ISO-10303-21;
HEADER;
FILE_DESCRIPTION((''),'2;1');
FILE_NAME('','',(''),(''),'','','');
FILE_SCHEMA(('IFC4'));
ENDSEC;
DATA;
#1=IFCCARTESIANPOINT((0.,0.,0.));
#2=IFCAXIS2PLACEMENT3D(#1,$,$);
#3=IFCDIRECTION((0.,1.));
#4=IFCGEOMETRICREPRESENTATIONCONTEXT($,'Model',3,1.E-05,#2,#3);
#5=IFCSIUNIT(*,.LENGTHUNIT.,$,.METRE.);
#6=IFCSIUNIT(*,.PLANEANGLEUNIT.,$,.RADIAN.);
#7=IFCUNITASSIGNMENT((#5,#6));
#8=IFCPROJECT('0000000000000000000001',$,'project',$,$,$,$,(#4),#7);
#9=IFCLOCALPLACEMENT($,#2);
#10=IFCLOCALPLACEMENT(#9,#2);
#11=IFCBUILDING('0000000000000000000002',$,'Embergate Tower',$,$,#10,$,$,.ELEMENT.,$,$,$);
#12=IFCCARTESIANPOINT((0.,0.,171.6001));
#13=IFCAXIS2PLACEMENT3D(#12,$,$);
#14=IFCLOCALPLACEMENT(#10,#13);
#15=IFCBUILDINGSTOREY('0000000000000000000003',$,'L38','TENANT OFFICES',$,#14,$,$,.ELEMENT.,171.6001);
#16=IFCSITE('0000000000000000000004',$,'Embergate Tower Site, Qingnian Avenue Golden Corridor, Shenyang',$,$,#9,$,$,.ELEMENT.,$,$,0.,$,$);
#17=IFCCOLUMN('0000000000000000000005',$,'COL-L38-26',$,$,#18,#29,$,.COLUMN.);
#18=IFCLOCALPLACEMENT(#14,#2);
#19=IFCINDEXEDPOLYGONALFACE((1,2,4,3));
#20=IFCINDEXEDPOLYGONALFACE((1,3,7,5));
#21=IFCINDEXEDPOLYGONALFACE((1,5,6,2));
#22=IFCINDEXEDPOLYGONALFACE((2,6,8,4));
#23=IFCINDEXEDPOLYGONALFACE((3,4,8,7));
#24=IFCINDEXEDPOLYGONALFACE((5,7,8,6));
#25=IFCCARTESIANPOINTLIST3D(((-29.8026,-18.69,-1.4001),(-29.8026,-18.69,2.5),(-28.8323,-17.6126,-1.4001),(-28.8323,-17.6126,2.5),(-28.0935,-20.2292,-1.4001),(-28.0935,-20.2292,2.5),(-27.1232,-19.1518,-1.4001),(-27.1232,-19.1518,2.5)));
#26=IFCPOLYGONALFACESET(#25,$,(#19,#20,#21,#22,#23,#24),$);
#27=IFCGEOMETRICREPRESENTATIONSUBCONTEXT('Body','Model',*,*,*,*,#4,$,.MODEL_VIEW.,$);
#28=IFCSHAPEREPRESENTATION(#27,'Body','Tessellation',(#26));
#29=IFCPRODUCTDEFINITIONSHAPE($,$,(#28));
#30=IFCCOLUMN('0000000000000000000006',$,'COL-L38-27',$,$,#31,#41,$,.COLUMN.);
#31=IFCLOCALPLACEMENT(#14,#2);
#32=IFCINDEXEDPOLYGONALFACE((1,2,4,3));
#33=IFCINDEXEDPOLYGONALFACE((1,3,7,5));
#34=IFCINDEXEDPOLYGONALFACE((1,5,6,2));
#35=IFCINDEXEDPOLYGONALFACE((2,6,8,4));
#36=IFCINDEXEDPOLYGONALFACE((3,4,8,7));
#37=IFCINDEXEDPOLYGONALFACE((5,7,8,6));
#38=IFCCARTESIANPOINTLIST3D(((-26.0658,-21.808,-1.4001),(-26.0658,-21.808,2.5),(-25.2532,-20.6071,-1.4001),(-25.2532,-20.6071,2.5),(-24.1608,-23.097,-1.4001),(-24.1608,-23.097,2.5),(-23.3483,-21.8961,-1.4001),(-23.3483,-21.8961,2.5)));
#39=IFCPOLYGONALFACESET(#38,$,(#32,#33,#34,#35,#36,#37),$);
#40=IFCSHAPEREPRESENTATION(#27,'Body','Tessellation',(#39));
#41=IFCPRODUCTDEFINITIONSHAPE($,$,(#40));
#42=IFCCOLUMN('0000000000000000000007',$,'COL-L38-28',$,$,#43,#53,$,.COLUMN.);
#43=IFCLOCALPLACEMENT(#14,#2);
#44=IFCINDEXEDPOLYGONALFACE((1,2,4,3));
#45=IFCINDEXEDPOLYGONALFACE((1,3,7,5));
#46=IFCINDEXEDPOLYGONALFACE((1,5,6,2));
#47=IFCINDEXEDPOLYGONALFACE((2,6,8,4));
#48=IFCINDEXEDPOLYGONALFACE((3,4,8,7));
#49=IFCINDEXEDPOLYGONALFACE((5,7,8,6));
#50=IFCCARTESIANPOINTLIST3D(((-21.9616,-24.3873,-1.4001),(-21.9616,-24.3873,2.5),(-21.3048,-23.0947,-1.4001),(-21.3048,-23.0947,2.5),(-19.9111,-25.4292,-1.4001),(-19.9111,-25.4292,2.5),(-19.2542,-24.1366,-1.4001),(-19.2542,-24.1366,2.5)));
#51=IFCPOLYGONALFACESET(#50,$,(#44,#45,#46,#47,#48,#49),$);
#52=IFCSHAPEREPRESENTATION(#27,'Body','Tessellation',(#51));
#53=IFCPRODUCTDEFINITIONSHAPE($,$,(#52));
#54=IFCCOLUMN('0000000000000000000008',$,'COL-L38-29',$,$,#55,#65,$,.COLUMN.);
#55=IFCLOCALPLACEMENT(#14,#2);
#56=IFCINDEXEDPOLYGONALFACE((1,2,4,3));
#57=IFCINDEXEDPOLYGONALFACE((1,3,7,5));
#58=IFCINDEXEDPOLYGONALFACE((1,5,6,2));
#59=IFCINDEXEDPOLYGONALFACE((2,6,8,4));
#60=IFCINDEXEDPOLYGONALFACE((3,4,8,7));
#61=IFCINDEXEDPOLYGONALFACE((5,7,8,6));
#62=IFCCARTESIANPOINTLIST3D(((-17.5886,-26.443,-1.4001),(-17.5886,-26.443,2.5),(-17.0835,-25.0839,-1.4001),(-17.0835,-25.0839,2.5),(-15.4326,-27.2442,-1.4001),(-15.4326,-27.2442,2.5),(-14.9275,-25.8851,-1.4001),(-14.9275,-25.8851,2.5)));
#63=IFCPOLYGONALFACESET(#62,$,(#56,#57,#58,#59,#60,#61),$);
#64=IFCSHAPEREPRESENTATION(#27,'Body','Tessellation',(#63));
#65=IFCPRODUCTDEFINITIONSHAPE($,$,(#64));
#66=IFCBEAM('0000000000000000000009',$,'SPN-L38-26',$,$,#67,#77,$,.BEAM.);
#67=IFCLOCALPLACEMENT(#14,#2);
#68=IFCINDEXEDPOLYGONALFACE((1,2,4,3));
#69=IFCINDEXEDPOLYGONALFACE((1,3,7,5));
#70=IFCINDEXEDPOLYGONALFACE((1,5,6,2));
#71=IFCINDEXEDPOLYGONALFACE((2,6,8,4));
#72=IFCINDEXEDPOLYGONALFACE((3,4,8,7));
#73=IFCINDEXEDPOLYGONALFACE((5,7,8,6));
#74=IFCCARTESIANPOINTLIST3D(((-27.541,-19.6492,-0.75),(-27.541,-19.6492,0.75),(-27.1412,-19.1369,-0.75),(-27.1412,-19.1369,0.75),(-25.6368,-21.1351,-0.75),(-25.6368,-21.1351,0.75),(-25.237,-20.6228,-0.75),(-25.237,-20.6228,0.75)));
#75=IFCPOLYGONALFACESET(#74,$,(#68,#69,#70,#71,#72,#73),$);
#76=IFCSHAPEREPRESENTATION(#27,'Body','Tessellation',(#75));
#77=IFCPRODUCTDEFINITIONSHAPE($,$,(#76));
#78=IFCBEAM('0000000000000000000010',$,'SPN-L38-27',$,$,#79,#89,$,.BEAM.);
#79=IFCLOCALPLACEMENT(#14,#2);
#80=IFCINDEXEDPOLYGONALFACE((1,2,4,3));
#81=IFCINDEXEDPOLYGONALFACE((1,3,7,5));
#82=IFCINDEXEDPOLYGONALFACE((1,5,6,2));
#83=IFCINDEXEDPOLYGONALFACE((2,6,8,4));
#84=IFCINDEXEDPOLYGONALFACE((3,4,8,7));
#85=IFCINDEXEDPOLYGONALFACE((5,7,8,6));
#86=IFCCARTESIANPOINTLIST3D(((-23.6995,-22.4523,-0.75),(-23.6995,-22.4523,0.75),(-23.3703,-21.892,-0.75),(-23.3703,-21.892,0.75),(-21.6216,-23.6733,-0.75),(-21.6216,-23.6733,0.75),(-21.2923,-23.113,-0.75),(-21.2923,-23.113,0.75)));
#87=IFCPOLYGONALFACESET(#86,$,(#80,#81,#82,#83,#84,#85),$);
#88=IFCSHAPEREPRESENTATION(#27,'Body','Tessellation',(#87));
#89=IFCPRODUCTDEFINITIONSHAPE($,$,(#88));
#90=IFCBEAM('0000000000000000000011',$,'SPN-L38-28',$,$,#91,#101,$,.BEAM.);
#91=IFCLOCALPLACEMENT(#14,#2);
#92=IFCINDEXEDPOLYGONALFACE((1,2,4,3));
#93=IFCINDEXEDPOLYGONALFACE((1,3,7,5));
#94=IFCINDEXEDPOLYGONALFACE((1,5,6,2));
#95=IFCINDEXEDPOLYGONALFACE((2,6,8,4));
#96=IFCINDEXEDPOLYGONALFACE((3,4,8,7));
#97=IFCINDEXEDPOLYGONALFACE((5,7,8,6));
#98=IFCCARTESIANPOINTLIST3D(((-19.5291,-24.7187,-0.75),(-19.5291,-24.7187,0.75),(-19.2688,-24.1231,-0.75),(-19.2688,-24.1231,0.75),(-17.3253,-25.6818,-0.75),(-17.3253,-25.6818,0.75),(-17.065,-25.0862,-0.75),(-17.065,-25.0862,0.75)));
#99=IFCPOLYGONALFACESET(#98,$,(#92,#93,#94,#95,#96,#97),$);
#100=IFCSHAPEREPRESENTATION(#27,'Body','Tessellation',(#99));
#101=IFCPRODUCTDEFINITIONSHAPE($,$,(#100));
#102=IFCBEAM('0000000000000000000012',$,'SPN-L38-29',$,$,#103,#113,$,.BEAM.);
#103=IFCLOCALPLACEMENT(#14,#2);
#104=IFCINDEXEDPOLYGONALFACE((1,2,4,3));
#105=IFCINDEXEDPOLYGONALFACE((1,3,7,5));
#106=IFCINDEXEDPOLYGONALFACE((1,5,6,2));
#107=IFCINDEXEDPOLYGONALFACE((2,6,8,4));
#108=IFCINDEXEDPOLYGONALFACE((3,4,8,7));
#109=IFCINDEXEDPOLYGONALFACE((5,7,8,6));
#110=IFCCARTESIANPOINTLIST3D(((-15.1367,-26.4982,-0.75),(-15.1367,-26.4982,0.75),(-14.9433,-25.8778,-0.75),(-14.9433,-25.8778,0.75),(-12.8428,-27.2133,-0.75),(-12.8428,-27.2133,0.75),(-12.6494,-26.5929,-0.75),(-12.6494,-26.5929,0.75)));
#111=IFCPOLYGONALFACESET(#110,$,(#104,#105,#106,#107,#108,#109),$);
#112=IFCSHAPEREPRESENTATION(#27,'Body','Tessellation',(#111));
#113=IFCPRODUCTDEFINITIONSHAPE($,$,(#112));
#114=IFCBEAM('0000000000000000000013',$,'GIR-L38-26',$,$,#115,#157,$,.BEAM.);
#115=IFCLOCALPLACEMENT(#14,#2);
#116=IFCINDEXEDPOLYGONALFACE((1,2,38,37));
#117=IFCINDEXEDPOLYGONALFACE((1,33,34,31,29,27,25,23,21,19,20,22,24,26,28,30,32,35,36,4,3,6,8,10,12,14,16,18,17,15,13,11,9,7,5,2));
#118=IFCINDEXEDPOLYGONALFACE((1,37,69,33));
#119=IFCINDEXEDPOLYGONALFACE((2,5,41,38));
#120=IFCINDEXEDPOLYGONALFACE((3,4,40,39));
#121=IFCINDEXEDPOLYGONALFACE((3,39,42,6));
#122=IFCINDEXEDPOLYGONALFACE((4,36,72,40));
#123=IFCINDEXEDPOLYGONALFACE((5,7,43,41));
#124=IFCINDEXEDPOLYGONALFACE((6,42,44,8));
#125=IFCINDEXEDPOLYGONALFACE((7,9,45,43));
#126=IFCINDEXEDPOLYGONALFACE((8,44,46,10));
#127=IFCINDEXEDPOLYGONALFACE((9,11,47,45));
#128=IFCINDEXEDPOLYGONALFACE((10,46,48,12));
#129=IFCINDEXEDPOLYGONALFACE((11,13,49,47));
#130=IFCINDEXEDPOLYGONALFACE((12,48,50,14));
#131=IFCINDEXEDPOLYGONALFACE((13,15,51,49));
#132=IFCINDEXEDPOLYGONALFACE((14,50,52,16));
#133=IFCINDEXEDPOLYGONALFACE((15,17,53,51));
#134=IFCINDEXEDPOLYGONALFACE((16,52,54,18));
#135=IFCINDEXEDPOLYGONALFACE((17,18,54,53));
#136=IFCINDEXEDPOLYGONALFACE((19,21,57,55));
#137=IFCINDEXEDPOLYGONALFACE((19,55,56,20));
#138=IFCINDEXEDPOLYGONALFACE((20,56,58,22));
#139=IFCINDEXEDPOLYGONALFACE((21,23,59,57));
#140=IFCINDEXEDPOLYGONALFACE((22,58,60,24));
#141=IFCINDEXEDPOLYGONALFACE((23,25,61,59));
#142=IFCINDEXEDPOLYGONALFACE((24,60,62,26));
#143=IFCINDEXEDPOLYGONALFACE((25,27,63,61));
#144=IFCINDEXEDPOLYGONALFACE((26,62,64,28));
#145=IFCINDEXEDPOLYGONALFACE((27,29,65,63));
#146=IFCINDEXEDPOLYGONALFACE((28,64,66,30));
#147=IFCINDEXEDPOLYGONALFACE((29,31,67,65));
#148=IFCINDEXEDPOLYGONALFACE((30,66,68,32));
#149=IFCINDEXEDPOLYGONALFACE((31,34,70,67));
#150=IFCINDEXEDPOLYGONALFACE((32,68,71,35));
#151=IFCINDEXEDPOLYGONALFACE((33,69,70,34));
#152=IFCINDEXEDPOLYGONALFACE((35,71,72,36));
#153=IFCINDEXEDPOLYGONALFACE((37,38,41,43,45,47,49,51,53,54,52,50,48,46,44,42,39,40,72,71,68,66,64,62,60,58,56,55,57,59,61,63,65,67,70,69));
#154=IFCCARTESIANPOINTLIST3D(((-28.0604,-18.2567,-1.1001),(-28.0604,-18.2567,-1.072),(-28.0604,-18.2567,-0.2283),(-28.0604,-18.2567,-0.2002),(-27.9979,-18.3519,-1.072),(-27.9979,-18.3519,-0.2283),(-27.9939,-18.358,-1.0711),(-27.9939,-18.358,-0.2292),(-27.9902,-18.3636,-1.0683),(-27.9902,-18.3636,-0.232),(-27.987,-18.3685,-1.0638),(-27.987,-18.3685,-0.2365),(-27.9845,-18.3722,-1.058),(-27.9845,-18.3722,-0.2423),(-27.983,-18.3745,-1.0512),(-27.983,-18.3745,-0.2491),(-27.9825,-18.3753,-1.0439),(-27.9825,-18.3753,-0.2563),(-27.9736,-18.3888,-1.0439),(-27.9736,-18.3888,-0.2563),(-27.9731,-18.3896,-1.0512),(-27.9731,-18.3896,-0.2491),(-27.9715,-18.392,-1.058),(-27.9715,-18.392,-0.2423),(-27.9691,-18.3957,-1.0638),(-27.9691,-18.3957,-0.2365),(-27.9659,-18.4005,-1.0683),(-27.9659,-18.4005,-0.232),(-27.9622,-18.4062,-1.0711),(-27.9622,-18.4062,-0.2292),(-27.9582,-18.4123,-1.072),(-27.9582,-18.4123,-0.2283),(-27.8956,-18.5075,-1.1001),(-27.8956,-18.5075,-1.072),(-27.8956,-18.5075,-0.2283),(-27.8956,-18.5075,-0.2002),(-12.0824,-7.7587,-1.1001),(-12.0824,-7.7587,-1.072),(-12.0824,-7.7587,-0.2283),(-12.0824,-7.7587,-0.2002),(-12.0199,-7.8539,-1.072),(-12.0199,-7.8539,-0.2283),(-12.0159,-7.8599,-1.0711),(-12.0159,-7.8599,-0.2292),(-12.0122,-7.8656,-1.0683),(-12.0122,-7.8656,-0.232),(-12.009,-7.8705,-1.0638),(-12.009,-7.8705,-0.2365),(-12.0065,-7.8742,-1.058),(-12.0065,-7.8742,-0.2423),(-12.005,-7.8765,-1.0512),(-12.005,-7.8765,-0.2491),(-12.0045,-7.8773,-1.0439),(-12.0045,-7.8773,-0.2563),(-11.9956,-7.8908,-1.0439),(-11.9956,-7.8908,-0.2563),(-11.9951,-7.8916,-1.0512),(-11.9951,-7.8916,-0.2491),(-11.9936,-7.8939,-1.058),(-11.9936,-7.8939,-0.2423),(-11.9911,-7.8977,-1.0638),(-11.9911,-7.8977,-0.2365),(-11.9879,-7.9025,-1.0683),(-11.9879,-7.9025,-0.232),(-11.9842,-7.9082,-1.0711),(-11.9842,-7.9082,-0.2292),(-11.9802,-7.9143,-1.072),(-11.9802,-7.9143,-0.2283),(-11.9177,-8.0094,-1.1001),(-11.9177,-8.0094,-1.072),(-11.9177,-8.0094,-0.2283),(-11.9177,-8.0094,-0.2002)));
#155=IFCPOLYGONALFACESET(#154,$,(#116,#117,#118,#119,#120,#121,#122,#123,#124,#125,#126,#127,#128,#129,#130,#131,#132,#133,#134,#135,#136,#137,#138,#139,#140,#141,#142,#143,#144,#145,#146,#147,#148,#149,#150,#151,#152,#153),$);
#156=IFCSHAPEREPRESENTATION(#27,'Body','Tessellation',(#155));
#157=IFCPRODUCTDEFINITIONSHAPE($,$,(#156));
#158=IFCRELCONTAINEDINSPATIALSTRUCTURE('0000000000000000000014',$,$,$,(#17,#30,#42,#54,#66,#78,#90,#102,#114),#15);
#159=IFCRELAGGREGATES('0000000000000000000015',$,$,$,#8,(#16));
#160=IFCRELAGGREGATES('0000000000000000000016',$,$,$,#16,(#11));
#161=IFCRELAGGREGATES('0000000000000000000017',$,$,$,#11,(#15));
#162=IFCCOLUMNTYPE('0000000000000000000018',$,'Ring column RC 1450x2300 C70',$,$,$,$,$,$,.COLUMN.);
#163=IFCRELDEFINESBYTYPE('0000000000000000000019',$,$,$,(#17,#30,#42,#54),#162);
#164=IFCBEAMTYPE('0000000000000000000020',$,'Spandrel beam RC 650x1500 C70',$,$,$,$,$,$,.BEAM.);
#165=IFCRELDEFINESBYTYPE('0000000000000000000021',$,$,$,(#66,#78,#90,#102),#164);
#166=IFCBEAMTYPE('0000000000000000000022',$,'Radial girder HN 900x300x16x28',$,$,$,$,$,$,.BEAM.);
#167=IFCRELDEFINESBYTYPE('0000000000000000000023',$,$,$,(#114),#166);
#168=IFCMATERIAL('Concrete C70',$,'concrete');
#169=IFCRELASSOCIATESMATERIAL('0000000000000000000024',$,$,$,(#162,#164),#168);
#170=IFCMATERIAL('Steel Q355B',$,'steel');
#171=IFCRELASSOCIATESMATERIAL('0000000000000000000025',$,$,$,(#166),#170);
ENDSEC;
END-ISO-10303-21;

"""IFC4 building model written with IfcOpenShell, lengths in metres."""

from ifc_helpers import new_model, si_unit, direction, frame, origin, origin_2d, place, context, subcontext, project, spatial, rectangle, i_section, extrude, source, transform, mapped, material, material_profile, profile_set, type_object, element, save


model = new_model("IFC4")

# Units and contexts
model_context = context("Model", 3, precision=1e-05, world=origin(), true_north=direction((0.0, 1.0)))
body_context = subcontext(model_context, "Body", "Model", "MODEL_VIEW")
ifc_project = project(units=[si_unit("LENGTHUNIT", "METRE"), si_unit("PLANEANGLEUNIT", "RADIAN")], contexts=[model_context])

# Site, building, storey
site_placement = place(None, origin())
site = spatial("IfcSite", under=ifc_project, at=site_placement, Name="Embergate Tower Site, Qingnian Avenue Golden Corridor, Shenyang", CompositionType="ELEMENT", RefElevation=0.0)
building_placement = place(site_placement, origin())
building = spatial("IfcBuilding", under=site, at=building_placement, Name="Embergate Tower", CompositionType="ELEMENT")
storey_placement = place(building_placement, frame((0.0, 0.0, 171.6001)))
storey = spatial("IfcBuildingStorey", under=building, at=storey_placement, Name="L38", Description="TENANT OFFICES", CompositionType="ELEMENT", Elevation=171.6001)

# Columns
ifc_material_1 = material(Name="Concrete C70", Category="concrete")
ifc_material_profile_1 = material_profile(ifc_material_1, rectangle(XDim=1.45, YDim=2.3, at=origin_2d()), Name="RC 1450x2300")
ifc_profile_set_1 = profile_set([ifc_material_profile_1], Name="Concrete C70")
column_type = type_object("IfcColumnType", Name="Ring column RC 1450x2300 C70", PredefinedType="COLUMN", material=ifc_profile_set_1)
shared_shape_1 = source(origin(), body_context, "Body", "SweptSolid", [
    extrude(rectangle(XDim=1.45, YDim=2.3, at=origin_2d()), origin(), (0.0, 0.0, 1.0), 3.9001),
])
for number, where, z_axis, x_axis, name in (
    (1, (-28.4629, -18.9209, -1.4001), (0.0, 0.0, 1.0), (-0.669208, -0.743075, 0.0), "COL-L38-26"),
    (2, (-24.707, -21.8521, -1.4001), (0.0, 0.0, 1.0), (-0.560393, -0.828227, 0.0), "COL-L38-27"),
    (3, (-20.6079, -24.262, -1.4001), (0.0, 0.0, 1.0), (-0.452995, -0.891513, 0.0), "COL-L38-28"),
    (4, (-16.2581, -26.1641, -1.4001), (0.0, 0.0, 1.0), (-0.348343, -0.937367, 0.0), "COL-L38-29"),
):
    element("IfcColumn", number, at=place(storey_placement, frame(where, z_axis=z_axis, x_axis=x_axis)), inside=storey, type_object=column_type, Name=name, PredefinedType="COLUMN", context=body_context, shape_type="MappedRepresentation", body=[
        mapped(shared_shape_1, transform((0.0, 0.0, 0.0))),
    ])

# Beams
ifc_material_profile_2 = material_profile(ifc_material_1, rectangle(XDim=0.6499, YDim=1.5, at=origin_2d()), Name="RC 650x1500")
ifc_profile_set_2 = profile_set([ifc_material_profile_2], Name="Concrete C70")
beam_type_1 = type_object("IfcBeamType", Name="Spandrel beam RC 650x1500 C70", PredefinedType="BEAM", material=ifc_profile_set_2)
shared_shape_2 = source(origin(), body_context, "Body", "SweptSolid", [
    extrude(rectangle(XDim=0.6499, YDim=1.5, at=origin_2d()), origin(), (0.0, 0.0, 1.0), 2.4153),
])
beam_1_placement = place(storey_placement, frame((-27.3411, -19.3931, 0.0), z_axis=(0.788366, -0.615207, 0.0), x_axis=(0.615207, 0.788366, 0.0)))
element("IfcBeam", 5, at=beam_1_placement, inside=storey, type_object=beam_type_1, Name="SPN-L38-26", PredefinedType="BEAM", context=body_context, shape_type="MappedRepresentation", body=[
    mapped(shared_shape_2, transform((0.0, 0.0, 0.0))),
])
shared_shape_3 = source(origin(), body_context, "Body", "SweptSolid", [
    extrude(rectangle(XDim=0.6499, YDim=1.5, at=origin_2d()), origin(), (0.0, 0.0, 1.0), 2.4102),
])
beam_2_placement = place(storey_placement, frame((-23.5349, -22.1721, 0.0), z_axis=(0.862176, -0.506608, 0.0), x_axis=(0.506608, 0.862176, 0.0)))
element("IfcBeam", 6, at=beam_2_placement, inside=storey, type_object=beam_type_1, Name="SPN-L38-27", PredefinedType="BEAM", context=body_context, shape_type="MappedRepresentation", body=[
    mapped(shared_shape_3, transform((0.0, 0.0, 0.0))),
])
shared_shape_4 = source(origin(), body_context, "Body", "SweptSolid", [
    extrude(rectangle(XDim=0.6499, YDim=1.5, at=origin_2d()), origin(), (0.0, 0.0, 1.0), 2.405),
])
beam_3_placement = place(storey_placement, frame((-19.3989, -24.4209, 0.0), z_axis=(0.916318, -0.400451, 0.0), x_axis=(0.400451, 0.916318, 0.0)))
element("IfcBeam", 7, at=beam_3_placement, inside=storey, type_object=beam_type_1, Name="SPN-L38-28", PredefinedType="BEAM", context=body_context, shape_type="MappedRepresentation", body=[
    mapped(shared_shape_4, transform((0.0, 0.0, 0.0))),
])
shared_shape_5 = source(origin(), body_context, "Body", "SweptSolid", [
    extrude(rectangle(XDim=0.6499, YDim=1.5, at=origin_2d()), origin(), (0.0, 0.0, 1.0), 2.4028),
])
beam_4_placement = place(storey_placement, frame((-15.04, -26.188, 0.0), z_axis=(0.954689, -0.297604, 0.0), x_axis=(0.297604, 0.954689, 0.0)))
element("IfcBeam", 8, at=beam_4_placement, inside=storey, type_object=beam_type_1, Name="SPN-L38-29", PredefinedType="BEAM", context=body_context, shape_type="MappedRepresentation", body=[
    mapped(shared_shape_5, transform((0.0, 0.0, 0.0))),
])
ifc_material_2 = material(Name="Steel Q355B", Category="steel")
ifc_material_profile_3 = material_profile(ifc_material_2, i_section(OverallWidth=0.3, OverallDepth=0.8999, WebThickness=0.0161, FlangeThickness=0.0281, FilletRadius=0.0281, at=origin_2d()), Name="HN 900x300x16x28")
ifc_profile_set_3 = profile_set([ifc_material_profile_3], Name="Steel Q355 grade B")
beam_type_2 = type_object("IfcBeamType", Name="Radial girder HN 900x300x16x28", PredefinedType="BEAM", material=ifc_profile_set_3)
shared_shape_6 = source(origin(), body_context, "Body", "SweptSolid", [
    extrude(i_section(OverallWidth=0.3, OverallDepth=0.8999, WebThickness=0.0161, FlangeThickness=0.0281, FilletRadius=0.0281, at=origin_2d()), origin(), (0.0, 0.0, 1.0), 19.1182),
])
beam_5_placement = place(storey_placement, frame((-27.978, -18.3821, -0.6501), z_axis=(0.835749, 0.549112, 0.0), x_axis=(-0.549112, 0.835749, 0.0)))
element("IfcBeam", 9, at=beam_5_placement, inside=storey, type_object=beam_type_2, Name="GIR-L38-26", PredefinedType="BEAM", context=body_context, shape_type="MappedRepresentation", body=[
    mapped(shared_shape_6, transform((0.0, 0.0, 0.0))),
])

save(model, "model.ifc")
